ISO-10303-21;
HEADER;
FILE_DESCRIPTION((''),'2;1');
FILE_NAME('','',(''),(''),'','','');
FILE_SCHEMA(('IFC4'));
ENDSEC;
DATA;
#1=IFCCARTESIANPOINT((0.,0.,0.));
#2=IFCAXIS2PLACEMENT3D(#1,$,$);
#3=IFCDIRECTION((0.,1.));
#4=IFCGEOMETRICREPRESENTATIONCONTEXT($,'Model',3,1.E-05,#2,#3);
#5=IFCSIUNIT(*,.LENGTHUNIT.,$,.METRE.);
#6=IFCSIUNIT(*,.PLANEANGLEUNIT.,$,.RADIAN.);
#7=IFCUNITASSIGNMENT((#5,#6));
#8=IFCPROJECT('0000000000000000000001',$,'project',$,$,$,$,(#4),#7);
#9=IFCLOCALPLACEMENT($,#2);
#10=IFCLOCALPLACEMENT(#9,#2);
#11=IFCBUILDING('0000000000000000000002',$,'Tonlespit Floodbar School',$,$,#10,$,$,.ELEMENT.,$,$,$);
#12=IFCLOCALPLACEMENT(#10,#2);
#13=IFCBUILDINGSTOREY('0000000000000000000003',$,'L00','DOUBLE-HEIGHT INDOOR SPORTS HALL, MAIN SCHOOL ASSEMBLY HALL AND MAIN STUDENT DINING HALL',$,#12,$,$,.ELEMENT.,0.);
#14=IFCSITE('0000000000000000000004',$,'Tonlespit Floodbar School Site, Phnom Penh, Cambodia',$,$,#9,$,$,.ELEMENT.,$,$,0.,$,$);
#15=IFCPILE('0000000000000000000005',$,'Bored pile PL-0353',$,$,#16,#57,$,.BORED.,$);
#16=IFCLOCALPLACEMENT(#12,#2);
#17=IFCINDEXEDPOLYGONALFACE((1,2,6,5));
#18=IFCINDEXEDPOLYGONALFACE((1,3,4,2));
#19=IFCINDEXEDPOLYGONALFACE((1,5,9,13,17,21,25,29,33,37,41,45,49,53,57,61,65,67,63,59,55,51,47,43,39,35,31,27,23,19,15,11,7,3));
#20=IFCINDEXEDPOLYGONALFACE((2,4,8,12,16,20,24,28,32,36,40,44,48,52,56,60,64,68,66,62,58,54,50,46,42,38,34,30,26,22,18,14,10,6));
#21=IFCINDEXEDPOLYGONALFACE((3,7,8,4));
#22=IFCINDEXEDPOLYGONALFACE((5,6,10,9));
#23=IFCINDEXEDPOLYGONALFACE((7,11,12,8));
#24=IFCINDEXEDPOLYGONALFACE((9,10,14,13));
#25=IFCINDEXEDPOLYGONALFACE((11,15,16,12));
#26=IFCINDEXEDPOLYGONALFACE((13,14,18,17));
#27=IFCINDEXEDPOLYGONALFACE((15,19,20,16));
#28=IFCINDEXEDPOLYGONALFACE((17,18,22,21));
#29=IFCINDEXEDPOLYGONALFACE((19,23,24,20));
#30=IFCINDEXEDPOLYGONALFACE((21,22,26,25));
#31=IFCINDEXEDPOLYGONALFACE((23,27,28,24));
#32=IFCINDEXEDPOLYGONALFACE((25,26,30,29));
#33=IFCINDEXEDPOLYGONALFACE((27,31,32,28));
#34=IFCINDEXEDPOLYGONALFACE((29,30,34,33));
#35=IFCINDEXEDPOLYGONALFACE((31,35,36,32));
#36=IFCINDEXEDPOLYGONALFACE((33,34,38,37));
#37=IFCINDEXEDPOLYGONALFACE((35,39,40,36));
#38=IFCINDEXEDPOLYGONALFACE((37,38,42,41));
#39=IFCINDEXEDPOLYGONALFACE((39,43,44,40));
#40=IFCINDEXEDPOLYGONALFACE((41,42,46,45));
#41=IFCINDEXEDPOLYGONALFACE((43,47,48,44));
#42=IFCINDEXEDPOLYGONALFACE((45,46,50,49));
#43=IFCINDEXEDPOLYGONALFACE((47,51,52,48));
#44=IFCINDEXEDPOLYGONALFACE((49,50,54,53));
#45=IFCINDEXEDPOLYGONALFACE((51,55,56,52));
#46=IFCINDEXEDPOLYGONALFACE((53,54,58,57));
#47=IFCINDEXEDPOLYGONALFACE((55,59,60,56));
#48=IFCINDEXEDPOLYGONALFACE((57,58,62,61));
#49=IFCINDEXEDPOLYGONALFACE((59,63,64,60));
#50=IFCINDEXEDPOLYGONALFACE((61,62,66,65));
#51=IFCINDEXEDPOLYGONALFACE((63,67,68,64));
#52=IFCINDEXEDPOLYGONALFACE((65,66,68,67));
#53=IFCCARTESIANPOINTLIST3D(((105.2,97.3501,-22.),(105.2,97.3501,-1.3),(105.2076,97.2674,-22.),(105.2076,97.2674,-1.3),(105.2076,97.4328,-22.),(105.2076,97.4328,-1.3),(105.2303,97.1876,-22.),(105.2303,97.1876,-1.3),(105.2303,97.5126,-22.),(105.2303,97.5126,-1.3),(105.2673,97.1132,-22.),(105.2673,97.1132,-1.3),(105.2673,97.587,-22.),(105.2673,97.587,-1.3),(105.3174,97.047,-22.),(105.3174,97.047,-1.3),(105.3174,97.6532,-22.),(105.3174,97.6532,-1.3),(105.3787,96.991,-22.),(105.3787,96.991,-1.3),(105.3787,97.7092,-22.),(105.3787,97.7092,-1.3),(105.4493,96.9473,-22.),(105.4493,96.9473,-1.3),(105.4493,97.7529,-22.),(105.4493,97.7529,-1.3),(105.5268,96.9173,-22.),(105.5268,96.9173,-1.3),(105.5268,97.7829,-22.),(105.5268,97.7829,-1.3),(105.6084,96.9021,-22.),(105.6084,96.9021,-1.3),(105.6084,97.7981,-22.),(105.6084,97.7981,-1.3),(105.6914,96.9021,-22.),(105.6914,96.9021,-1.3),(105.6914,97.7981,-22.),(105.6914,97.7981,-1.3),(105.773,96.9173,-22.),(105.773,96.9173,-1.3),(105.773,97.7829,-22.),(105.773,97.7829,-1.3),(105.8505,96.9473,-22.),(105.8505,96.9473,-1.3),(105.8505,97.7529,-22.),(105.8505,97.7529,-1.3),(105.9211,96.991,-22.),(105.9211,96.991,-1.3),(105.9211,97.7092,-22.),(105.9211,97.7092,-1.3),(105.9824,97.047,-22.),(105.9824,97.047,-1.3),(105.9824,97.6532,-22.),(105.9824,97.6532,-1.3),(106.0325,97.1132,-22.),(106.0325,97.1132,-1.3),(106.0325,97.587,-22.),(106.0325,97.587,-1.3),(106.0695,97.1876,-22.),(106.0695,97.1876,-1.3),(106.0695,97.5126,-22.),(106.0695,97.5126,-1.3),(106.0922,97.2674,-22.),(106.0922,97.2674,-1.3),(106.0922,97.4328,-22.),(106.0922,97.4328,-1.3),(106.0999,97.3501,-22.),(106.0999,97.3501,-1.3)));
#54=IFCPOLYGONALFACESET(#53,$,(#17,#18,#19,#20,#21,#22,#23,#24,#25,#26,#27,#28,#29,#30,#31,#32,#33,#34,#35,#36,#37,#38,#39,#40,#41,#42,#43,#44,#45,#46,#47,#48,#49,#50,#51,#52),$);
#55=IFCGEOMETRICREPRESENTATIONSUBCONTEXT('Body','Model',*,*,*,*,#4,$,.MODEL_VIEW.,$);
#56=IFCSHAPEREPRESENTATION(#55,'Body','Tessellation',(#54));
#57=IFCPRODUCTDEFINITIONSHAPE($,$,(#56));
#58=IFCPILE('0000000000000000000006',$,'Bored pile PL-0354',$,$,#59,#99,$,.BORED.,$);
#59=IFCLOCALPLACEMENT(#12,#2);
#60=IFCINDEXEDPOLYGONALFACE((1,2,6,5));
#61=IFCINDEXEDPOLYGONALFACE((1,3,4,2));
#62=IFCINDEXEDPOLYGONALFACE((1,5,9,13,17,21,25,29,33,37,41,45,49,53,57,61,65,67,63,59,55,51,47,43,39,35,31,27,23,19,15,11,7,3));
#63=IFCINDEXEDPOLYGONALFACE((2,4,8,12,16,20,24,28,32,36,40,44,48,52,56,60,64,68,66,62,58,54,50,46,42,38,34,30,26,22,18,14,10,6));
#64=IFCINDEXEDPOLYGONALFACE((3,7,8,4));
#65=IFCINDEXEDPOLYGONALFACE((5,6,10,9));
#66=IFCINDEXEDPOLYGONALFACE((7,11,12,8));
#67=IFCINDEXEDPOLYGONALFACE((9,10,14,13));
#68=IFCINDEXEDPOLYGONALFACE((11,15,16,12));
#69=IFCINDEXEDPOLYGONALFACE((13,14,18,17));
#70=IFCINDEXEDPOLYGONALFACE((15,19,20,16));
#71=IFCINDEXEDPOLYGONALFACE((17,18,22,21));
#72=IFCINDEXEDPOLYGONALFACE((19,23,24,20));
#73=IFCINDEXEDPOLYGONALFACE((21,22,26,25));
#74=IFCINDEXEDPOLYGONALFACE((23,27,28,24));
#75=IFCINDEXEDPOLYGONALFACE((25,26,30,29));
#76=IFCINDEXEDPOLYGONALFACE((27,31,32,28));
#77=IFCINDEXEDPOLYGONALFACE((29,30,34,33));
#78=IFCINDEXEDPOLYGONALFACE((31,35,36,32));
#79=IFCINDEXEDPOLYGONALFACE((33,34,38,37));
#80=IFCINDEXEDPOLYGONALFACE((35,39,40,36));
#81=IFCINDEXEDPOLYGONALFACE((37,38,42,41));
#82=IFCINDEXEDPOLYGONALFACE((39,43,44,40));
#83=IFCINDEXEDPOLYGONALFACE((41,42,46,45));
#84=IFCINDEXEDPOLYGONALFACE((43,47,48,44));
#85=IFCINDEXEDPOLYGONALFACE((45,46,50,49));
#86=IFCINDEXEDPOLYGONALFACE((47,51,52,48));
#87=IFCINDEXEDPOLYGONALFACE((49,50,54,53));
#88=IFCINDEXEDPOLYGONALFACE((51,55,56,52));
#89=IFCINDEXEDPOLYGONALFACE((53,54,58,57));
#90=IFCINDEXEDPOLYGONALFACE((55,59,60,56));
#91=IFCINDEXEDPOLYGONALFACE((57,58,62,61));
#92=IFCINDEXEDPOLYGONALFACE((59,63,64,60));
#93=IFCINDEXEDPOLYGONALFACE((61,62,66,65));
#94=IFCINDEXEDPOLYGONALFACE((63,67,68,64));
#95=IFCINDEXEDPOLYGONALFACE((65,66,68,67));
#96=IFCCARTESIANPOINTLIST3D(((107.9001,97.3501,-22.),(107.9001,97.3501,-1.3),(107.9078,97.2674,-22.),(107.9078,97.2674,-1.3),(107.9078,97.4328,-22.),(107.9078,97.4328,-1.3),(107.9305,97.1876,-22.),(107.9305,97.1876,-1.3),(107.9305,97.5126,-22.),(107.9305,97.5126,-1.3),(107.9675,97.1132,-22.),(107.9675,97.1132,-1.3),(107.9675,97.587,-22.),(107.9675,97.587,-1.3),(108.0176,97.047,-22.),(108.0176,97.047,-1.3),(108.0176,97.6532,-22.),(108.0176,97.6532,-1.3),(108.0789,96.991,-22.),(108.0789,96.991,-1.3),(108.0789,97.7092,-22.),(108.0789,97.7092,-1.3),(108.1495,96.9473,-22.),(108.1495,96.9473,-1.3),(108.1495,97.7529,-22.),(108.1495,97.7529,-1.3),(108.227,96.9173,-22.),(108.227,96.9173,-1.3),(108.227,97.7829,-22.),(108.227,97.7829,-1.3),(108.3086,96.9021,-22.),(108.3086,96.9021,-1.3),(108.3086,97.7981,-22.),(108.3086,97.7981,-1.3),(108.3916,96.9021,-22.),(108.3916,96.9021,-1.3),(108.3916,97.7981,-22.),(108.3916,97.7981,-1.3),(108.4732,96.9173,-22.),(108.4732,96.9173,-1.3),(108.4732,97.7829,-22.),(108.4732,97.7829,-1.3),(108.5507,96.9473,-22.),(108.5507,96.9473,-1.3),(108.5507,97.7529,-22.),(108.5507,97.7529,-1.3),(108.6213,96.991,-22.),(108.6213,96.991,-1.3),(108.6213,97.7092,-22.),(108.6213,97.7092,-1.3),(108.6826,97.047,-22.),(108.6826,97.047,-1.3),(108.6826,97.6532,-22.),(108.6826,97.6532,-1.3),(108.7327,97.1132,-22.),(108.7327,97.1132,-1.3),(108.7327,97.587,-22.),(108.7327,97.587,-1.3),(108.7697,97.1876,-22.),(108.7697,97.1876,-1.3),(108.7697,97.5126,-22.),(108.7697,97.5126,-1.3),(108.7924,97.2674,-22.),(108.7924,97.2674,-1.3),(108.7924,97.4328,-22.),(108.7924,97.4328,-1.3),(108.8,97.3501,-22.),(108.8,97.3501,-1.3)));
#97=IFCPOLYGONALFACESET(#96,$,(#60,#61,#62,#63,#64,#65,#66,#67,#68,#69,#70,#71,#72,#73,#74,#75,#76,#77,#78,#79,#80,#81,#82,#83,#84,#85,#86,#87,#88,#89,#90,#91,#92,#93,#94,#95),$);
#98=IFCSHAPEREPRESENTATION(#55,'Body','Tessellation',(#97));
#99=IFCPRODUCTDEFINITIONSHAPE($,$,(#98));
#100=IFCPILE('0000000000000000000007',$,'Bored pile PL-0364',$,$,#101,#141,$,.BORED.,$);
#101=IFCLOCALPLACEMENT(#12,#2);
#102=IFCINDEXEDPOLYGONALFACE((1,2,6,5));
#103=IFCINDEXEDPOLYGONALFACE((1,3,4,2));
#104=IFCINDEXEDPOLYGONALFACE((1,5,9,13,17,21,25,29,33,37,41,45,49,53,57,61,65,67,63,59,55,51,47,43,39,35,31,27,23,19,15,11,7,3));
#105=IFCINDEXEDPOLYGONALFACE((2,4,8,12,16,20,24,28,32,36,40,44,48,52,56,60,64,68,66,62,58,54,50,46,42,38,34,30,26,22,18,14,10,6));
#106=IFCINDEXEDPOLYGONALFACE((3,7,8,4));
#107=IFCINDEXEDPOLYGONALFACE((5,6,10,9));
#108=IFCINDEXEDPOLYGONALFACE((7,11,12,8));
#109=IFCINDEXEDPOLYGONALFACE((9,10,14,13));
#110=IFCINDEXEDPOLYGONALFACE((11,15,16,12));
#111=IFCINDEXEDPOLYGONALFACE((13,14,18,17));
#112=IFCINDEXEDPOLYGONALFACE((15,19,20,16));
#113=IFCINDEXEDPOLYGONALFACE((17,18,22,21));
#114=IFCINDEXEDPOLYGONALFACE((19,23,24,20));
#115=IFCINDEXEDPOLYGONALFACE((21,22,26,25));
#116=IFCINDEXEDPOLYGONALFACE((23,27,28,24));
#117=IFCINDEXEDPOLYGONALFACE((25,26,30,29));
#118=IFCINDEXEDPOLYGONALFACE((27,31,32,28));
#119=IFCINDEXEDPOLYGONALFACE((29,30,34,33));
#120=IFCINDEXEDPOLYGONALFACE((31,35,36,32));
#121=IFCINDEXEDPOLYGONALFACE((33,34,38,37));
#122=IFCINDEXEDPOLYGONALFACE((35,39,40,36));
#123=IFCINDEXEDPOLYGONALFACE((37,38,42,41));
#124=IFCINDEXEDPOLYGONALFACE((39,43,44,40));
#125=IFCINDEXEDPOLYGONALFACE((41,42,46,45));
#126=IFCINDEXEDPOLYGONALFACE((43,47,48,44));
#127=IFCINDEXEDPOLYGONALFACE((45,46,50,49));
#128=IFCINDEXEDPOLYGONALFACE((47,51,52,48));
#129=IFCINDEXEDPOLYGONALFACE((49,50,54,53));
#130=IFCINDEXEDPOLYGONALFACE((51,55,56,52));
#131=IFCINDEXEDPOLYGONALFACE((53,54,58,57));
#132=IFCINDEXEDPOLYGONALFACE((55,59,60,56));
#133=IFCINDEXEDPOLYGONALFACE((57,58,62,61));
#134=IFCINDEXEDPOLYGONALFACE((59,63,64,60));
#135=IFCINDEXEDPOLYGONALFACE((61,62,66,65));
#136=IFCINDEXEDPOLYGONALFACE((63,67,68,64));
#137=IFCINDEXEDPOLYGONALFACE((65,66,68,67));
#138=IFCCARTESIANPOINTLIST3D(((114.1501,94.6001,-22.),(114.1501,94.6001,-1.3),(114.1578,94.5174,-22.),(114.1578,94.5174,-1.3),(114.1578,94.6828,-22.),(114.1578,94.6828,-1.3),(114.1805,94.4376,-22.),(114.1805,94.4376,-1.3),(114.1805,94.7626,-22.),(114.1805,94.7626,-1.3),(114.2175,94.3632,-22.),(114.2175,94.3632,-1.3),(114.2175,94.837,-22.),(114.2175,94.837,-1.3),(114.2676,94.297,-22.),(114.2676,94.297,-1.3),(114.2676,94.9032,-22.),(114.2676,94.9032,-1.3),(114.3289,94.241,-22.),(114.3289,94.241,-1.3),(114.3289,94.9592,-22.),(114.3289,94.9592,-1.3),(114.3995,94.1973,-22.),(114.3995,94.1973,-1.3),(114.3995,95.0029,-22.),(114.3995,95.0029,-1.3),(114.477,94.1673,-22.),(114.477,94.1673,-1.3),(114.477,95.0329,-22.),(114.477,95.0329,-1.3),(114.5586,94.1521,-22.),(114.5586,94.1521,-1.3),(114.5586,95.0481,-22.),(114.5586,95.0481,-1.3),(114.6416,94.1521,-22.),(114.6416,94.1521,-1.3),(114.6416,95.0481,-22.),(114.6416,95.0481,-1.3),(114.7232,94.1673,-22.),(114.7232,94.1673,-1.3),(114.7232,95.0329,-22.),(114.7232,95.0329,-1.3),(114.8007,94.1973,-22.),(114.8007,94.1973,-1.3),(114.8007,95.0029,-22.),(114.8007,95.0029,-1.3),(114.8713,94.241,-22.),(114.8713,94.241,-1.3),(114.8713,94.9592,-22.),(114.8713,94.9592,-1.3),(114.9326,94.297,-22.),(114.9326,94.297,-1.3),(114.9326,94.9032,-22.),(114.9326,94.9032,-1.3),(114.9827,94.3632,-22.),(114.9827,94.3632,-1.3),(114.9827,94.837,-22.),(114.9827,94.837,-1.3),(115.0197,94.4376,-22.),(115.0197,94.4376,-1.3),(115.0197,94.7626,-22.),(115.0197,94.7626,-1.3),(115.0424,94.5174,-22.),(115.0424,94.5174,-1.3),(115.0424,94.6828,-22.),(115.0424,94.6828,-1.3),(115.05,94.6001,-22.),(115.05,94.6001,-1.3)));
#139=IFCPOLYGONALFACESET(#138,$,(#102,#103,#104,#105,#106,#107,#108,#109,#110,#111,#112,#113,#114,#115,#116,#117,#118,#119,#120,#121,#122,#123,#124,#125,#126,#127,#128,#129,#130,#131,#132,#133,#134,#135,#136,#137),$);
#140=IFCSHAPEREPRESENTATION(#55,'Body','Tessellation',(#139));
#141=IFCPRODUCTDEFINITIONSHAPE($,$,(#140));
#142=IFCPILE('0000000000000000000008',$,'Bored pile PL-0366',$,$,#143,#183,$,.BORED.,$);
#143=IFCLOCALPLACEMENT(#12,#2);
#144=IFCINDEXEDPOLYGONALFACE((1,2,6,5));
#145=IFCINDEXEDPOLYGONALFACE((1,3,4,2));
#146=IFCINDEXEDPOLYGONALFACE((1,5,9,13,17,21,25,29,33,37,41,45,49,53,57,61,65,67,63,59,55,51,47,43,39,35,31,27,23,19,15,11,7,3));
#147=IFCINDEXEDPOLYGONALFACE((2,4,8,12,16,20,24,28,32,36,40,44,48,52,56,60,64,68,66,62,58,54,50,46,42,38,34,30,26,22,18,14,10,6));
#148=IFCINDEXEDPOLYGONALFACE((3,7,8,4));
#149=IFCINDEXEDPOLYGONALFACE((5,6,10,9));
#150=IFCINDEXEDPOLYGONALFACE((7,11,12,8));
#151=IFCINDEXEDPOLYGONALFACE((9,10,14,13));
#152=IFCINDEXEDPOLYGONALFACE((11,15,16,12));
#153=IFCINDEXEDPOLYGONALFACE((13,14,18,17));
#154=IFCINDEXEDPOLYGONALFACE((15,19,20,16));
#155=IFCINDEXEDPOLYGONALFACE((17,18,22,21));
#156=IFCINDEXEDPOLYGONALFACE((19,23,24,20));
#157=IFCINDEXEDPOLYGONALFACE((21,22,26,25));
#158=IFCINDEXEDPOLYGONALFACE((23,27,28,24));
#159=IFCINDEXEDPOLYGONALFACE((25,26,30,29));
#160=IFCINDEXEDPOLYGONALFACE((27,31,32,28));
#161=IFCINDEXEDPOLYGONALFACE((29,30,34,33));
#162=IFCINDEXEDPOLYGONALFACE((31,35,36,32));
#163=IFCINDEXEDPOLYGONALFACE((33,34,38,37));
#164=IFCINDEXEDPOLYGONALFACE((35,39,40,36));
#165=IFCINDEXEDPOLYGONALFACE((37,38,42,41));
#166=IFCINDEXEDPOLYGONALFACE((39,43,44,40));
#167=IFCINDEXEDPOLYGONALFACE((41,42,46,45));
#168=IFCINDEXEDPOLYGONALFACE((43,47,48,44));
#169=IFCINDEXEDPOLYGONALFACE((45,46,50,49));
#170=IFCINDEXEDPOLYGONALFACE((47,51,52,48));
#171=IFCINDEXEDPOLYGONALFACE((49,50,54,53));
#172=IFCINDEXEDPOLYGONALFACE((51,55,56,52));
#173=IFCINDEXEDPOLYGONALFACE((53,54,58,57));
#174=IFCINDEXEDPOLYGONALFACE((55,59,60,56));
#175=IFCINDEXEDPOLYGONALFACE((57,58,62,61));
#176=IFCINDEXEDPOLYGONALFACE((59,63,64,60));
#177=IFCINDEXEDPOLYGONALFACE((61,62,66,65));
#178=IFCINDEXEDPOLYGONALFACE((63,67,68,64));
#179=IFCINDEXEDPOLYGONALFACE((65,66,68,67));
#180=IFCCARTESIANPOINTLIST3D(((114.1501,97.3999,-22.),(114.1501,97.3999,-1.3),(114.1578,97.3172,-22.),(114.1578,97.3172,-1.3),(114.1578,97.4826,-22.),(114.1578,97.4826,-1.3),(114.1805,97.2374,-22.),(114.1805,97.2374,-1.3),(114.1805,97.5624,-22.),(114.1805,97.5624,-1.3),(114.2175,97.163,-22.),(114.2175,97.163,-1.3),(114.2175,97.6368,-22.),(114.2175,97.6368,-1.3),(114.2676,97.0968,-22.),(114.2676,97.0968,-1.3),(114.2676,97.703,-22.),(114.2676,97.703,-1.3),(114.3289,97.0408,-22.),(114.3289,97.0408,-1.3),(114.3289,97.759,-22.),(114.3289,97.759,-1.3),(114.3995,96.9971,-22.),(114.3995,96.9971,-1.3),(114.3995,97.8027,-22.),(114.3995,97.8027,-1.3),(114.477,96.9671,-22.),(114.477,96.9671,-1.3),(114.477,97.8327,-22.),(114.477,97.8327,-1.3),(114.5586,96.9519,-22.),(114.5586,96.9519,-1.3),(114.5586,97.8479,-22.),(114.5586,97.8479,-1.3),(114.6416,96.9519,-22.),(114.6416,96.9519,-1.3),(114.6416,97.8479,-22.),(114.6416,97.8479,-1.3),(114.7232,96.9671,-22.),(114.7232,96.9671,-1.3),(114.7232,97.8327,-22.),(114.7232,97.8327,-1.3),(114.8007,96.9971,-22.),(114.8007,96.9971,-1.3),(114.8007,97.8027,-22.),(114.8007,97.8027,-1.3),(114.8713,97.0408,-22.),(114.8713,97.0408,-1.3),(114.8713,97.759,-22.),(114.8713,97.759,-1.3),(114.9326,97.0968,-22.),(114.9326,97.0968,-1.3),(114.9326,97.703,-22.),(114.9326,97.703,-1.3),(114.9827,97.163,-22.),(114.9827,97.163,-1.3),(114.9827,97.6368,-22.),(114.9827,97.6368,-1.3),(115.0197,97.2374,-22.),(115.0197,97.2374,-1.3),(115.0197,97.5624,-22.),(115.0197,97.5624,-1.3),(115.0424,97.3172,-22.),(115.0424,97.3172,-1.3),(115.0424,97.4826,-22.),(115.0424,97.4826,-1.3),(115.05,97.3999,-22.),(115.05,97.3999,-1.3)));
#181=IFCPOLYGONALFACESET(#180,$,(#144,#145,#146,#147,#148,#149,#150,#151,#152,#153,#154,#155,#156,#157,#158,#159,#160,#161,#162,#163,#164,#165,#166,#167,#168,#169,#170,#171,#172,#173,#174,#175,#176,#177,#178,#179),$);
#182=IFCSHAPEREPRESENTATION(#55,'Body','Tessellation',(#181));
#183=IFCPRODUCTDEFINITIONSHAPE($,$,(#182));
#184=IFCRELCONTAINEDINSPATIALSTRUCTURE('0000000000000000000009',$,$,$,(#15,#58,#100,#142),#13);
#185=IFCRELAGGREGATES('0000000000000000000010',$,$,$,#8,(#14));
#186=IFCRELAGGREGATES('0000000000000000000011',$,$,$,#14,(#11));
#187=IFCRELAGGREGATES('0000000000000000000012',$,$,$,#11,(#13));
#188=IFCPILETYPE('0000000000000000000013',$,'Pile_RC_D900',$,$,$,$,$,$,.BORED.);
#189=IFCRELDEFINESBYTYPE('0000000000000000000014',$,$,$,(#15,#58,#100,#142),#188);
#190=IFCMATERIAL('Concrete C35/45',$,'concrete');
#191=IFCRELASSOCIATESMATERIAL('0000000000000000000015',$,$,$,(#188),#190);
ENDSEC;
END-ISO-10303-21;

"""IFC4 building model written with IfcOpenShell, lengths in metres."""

from ifc_helpers import new_model, si_unit, direction, frame, origin, origin_2d, place, context, subcontext, project, spatial, circle, extrude, material, material_profile, profile_set, type_object, element, save


model = new_model("IFC4")

# Units and contexts
model_context = context("Model", 3, precision=1e-05, world=origin(), true_north=direction((0.0, 1.0)))
body_context = subcontext(model_context, "Body", "Model", "MODEL_VIEW")
ifc_project = project(units=[si_unit("LENGTHUNIT", "METRE"), si_unit("PLANEANGLEUNIT", "RADIAN")], contexts=[model_context])

# Site, building, storey
site_placement = place(None, origin())
site = spatial("IfcSite", under=ifc_project, at=site_placement, Name="Tonlespit Floodbar School Site, Phnom Penh, Cambodia", CompositionType="ELEMENT", RefElevation=0.0)
building_placement = place(site_placement, origin())
building = spatial("IfcBuilding", under=site, at=building_placement, Name="Tonlespit Floodbar School", CompositionType="ELEMENT")
storey_placement = place(building_placement, origin())
storey = spatial("IfcBuildingStorey", under=building, at=storey_placement, Name="L00", Description="DOUBLE-HEIGHT INDOOR SPORTS HALL, MAIN SCHOOL ASSEMBLY HALL AND MAIN STUDENT DINING HALL", CompositionType="ELEMENT", Elevation=0.0)

# Piles
ifc_material_1 = material(Name="Concrete C35/45", Category="concrete")
ifc_material_profile_1 = material_profile(ifc_material_1, circle(Radius=0.45, at=origin_2d()), Name="BP D900")
ifc_profile_set_1 = profile_set([ifc_material_profile_1], Name="Concrete C35/45")
pile_type_1 = type_object("IfcPileType", Name="Pile_RC_D900", PredefinedType="BORED", material=ifc_profile_set_1)
for number, where, z_axis, x_axis, name in (
    (1, (105.6499, 97.3501, -1.3), (0.0, 0.0, -1.0), (1.0, 0.0, 0.0), "Bored pile PL-0353"),
    (2, (108.3501, 97.3501, -1.3), (0.0, 0.0, -1.0), (1.0, 0.0, 0.0), "Bored pile PL-0354"),
    (3, (114.6001, 94.6001, -1.3), (0.0, 0.0, -1.0), (1.0, 0.0, 0.0), "Bored pile PL-0364"),
    (4, (114.6001, 97.3999, -1.3), (0.0, 0.0, -1.0), (1.0, 0.0, 0.0), "Bored pile PL-0366"),
):
    element("IfcPile", number, at=place(storey_placement, frame(where, z_axis=z_axis, x_axis=x_axis)), inside=storey, type_object=pile_type_1, Name=name, PredefinedType="BORED", context=body_context, shape_type="SweptSolid", body=[
        extrude(circle(Radius=0.45, at=origin_2d()), origin(), (0.0, 0.0, 1.0), 20.7),
    ])

save(model, "model.ifc")
